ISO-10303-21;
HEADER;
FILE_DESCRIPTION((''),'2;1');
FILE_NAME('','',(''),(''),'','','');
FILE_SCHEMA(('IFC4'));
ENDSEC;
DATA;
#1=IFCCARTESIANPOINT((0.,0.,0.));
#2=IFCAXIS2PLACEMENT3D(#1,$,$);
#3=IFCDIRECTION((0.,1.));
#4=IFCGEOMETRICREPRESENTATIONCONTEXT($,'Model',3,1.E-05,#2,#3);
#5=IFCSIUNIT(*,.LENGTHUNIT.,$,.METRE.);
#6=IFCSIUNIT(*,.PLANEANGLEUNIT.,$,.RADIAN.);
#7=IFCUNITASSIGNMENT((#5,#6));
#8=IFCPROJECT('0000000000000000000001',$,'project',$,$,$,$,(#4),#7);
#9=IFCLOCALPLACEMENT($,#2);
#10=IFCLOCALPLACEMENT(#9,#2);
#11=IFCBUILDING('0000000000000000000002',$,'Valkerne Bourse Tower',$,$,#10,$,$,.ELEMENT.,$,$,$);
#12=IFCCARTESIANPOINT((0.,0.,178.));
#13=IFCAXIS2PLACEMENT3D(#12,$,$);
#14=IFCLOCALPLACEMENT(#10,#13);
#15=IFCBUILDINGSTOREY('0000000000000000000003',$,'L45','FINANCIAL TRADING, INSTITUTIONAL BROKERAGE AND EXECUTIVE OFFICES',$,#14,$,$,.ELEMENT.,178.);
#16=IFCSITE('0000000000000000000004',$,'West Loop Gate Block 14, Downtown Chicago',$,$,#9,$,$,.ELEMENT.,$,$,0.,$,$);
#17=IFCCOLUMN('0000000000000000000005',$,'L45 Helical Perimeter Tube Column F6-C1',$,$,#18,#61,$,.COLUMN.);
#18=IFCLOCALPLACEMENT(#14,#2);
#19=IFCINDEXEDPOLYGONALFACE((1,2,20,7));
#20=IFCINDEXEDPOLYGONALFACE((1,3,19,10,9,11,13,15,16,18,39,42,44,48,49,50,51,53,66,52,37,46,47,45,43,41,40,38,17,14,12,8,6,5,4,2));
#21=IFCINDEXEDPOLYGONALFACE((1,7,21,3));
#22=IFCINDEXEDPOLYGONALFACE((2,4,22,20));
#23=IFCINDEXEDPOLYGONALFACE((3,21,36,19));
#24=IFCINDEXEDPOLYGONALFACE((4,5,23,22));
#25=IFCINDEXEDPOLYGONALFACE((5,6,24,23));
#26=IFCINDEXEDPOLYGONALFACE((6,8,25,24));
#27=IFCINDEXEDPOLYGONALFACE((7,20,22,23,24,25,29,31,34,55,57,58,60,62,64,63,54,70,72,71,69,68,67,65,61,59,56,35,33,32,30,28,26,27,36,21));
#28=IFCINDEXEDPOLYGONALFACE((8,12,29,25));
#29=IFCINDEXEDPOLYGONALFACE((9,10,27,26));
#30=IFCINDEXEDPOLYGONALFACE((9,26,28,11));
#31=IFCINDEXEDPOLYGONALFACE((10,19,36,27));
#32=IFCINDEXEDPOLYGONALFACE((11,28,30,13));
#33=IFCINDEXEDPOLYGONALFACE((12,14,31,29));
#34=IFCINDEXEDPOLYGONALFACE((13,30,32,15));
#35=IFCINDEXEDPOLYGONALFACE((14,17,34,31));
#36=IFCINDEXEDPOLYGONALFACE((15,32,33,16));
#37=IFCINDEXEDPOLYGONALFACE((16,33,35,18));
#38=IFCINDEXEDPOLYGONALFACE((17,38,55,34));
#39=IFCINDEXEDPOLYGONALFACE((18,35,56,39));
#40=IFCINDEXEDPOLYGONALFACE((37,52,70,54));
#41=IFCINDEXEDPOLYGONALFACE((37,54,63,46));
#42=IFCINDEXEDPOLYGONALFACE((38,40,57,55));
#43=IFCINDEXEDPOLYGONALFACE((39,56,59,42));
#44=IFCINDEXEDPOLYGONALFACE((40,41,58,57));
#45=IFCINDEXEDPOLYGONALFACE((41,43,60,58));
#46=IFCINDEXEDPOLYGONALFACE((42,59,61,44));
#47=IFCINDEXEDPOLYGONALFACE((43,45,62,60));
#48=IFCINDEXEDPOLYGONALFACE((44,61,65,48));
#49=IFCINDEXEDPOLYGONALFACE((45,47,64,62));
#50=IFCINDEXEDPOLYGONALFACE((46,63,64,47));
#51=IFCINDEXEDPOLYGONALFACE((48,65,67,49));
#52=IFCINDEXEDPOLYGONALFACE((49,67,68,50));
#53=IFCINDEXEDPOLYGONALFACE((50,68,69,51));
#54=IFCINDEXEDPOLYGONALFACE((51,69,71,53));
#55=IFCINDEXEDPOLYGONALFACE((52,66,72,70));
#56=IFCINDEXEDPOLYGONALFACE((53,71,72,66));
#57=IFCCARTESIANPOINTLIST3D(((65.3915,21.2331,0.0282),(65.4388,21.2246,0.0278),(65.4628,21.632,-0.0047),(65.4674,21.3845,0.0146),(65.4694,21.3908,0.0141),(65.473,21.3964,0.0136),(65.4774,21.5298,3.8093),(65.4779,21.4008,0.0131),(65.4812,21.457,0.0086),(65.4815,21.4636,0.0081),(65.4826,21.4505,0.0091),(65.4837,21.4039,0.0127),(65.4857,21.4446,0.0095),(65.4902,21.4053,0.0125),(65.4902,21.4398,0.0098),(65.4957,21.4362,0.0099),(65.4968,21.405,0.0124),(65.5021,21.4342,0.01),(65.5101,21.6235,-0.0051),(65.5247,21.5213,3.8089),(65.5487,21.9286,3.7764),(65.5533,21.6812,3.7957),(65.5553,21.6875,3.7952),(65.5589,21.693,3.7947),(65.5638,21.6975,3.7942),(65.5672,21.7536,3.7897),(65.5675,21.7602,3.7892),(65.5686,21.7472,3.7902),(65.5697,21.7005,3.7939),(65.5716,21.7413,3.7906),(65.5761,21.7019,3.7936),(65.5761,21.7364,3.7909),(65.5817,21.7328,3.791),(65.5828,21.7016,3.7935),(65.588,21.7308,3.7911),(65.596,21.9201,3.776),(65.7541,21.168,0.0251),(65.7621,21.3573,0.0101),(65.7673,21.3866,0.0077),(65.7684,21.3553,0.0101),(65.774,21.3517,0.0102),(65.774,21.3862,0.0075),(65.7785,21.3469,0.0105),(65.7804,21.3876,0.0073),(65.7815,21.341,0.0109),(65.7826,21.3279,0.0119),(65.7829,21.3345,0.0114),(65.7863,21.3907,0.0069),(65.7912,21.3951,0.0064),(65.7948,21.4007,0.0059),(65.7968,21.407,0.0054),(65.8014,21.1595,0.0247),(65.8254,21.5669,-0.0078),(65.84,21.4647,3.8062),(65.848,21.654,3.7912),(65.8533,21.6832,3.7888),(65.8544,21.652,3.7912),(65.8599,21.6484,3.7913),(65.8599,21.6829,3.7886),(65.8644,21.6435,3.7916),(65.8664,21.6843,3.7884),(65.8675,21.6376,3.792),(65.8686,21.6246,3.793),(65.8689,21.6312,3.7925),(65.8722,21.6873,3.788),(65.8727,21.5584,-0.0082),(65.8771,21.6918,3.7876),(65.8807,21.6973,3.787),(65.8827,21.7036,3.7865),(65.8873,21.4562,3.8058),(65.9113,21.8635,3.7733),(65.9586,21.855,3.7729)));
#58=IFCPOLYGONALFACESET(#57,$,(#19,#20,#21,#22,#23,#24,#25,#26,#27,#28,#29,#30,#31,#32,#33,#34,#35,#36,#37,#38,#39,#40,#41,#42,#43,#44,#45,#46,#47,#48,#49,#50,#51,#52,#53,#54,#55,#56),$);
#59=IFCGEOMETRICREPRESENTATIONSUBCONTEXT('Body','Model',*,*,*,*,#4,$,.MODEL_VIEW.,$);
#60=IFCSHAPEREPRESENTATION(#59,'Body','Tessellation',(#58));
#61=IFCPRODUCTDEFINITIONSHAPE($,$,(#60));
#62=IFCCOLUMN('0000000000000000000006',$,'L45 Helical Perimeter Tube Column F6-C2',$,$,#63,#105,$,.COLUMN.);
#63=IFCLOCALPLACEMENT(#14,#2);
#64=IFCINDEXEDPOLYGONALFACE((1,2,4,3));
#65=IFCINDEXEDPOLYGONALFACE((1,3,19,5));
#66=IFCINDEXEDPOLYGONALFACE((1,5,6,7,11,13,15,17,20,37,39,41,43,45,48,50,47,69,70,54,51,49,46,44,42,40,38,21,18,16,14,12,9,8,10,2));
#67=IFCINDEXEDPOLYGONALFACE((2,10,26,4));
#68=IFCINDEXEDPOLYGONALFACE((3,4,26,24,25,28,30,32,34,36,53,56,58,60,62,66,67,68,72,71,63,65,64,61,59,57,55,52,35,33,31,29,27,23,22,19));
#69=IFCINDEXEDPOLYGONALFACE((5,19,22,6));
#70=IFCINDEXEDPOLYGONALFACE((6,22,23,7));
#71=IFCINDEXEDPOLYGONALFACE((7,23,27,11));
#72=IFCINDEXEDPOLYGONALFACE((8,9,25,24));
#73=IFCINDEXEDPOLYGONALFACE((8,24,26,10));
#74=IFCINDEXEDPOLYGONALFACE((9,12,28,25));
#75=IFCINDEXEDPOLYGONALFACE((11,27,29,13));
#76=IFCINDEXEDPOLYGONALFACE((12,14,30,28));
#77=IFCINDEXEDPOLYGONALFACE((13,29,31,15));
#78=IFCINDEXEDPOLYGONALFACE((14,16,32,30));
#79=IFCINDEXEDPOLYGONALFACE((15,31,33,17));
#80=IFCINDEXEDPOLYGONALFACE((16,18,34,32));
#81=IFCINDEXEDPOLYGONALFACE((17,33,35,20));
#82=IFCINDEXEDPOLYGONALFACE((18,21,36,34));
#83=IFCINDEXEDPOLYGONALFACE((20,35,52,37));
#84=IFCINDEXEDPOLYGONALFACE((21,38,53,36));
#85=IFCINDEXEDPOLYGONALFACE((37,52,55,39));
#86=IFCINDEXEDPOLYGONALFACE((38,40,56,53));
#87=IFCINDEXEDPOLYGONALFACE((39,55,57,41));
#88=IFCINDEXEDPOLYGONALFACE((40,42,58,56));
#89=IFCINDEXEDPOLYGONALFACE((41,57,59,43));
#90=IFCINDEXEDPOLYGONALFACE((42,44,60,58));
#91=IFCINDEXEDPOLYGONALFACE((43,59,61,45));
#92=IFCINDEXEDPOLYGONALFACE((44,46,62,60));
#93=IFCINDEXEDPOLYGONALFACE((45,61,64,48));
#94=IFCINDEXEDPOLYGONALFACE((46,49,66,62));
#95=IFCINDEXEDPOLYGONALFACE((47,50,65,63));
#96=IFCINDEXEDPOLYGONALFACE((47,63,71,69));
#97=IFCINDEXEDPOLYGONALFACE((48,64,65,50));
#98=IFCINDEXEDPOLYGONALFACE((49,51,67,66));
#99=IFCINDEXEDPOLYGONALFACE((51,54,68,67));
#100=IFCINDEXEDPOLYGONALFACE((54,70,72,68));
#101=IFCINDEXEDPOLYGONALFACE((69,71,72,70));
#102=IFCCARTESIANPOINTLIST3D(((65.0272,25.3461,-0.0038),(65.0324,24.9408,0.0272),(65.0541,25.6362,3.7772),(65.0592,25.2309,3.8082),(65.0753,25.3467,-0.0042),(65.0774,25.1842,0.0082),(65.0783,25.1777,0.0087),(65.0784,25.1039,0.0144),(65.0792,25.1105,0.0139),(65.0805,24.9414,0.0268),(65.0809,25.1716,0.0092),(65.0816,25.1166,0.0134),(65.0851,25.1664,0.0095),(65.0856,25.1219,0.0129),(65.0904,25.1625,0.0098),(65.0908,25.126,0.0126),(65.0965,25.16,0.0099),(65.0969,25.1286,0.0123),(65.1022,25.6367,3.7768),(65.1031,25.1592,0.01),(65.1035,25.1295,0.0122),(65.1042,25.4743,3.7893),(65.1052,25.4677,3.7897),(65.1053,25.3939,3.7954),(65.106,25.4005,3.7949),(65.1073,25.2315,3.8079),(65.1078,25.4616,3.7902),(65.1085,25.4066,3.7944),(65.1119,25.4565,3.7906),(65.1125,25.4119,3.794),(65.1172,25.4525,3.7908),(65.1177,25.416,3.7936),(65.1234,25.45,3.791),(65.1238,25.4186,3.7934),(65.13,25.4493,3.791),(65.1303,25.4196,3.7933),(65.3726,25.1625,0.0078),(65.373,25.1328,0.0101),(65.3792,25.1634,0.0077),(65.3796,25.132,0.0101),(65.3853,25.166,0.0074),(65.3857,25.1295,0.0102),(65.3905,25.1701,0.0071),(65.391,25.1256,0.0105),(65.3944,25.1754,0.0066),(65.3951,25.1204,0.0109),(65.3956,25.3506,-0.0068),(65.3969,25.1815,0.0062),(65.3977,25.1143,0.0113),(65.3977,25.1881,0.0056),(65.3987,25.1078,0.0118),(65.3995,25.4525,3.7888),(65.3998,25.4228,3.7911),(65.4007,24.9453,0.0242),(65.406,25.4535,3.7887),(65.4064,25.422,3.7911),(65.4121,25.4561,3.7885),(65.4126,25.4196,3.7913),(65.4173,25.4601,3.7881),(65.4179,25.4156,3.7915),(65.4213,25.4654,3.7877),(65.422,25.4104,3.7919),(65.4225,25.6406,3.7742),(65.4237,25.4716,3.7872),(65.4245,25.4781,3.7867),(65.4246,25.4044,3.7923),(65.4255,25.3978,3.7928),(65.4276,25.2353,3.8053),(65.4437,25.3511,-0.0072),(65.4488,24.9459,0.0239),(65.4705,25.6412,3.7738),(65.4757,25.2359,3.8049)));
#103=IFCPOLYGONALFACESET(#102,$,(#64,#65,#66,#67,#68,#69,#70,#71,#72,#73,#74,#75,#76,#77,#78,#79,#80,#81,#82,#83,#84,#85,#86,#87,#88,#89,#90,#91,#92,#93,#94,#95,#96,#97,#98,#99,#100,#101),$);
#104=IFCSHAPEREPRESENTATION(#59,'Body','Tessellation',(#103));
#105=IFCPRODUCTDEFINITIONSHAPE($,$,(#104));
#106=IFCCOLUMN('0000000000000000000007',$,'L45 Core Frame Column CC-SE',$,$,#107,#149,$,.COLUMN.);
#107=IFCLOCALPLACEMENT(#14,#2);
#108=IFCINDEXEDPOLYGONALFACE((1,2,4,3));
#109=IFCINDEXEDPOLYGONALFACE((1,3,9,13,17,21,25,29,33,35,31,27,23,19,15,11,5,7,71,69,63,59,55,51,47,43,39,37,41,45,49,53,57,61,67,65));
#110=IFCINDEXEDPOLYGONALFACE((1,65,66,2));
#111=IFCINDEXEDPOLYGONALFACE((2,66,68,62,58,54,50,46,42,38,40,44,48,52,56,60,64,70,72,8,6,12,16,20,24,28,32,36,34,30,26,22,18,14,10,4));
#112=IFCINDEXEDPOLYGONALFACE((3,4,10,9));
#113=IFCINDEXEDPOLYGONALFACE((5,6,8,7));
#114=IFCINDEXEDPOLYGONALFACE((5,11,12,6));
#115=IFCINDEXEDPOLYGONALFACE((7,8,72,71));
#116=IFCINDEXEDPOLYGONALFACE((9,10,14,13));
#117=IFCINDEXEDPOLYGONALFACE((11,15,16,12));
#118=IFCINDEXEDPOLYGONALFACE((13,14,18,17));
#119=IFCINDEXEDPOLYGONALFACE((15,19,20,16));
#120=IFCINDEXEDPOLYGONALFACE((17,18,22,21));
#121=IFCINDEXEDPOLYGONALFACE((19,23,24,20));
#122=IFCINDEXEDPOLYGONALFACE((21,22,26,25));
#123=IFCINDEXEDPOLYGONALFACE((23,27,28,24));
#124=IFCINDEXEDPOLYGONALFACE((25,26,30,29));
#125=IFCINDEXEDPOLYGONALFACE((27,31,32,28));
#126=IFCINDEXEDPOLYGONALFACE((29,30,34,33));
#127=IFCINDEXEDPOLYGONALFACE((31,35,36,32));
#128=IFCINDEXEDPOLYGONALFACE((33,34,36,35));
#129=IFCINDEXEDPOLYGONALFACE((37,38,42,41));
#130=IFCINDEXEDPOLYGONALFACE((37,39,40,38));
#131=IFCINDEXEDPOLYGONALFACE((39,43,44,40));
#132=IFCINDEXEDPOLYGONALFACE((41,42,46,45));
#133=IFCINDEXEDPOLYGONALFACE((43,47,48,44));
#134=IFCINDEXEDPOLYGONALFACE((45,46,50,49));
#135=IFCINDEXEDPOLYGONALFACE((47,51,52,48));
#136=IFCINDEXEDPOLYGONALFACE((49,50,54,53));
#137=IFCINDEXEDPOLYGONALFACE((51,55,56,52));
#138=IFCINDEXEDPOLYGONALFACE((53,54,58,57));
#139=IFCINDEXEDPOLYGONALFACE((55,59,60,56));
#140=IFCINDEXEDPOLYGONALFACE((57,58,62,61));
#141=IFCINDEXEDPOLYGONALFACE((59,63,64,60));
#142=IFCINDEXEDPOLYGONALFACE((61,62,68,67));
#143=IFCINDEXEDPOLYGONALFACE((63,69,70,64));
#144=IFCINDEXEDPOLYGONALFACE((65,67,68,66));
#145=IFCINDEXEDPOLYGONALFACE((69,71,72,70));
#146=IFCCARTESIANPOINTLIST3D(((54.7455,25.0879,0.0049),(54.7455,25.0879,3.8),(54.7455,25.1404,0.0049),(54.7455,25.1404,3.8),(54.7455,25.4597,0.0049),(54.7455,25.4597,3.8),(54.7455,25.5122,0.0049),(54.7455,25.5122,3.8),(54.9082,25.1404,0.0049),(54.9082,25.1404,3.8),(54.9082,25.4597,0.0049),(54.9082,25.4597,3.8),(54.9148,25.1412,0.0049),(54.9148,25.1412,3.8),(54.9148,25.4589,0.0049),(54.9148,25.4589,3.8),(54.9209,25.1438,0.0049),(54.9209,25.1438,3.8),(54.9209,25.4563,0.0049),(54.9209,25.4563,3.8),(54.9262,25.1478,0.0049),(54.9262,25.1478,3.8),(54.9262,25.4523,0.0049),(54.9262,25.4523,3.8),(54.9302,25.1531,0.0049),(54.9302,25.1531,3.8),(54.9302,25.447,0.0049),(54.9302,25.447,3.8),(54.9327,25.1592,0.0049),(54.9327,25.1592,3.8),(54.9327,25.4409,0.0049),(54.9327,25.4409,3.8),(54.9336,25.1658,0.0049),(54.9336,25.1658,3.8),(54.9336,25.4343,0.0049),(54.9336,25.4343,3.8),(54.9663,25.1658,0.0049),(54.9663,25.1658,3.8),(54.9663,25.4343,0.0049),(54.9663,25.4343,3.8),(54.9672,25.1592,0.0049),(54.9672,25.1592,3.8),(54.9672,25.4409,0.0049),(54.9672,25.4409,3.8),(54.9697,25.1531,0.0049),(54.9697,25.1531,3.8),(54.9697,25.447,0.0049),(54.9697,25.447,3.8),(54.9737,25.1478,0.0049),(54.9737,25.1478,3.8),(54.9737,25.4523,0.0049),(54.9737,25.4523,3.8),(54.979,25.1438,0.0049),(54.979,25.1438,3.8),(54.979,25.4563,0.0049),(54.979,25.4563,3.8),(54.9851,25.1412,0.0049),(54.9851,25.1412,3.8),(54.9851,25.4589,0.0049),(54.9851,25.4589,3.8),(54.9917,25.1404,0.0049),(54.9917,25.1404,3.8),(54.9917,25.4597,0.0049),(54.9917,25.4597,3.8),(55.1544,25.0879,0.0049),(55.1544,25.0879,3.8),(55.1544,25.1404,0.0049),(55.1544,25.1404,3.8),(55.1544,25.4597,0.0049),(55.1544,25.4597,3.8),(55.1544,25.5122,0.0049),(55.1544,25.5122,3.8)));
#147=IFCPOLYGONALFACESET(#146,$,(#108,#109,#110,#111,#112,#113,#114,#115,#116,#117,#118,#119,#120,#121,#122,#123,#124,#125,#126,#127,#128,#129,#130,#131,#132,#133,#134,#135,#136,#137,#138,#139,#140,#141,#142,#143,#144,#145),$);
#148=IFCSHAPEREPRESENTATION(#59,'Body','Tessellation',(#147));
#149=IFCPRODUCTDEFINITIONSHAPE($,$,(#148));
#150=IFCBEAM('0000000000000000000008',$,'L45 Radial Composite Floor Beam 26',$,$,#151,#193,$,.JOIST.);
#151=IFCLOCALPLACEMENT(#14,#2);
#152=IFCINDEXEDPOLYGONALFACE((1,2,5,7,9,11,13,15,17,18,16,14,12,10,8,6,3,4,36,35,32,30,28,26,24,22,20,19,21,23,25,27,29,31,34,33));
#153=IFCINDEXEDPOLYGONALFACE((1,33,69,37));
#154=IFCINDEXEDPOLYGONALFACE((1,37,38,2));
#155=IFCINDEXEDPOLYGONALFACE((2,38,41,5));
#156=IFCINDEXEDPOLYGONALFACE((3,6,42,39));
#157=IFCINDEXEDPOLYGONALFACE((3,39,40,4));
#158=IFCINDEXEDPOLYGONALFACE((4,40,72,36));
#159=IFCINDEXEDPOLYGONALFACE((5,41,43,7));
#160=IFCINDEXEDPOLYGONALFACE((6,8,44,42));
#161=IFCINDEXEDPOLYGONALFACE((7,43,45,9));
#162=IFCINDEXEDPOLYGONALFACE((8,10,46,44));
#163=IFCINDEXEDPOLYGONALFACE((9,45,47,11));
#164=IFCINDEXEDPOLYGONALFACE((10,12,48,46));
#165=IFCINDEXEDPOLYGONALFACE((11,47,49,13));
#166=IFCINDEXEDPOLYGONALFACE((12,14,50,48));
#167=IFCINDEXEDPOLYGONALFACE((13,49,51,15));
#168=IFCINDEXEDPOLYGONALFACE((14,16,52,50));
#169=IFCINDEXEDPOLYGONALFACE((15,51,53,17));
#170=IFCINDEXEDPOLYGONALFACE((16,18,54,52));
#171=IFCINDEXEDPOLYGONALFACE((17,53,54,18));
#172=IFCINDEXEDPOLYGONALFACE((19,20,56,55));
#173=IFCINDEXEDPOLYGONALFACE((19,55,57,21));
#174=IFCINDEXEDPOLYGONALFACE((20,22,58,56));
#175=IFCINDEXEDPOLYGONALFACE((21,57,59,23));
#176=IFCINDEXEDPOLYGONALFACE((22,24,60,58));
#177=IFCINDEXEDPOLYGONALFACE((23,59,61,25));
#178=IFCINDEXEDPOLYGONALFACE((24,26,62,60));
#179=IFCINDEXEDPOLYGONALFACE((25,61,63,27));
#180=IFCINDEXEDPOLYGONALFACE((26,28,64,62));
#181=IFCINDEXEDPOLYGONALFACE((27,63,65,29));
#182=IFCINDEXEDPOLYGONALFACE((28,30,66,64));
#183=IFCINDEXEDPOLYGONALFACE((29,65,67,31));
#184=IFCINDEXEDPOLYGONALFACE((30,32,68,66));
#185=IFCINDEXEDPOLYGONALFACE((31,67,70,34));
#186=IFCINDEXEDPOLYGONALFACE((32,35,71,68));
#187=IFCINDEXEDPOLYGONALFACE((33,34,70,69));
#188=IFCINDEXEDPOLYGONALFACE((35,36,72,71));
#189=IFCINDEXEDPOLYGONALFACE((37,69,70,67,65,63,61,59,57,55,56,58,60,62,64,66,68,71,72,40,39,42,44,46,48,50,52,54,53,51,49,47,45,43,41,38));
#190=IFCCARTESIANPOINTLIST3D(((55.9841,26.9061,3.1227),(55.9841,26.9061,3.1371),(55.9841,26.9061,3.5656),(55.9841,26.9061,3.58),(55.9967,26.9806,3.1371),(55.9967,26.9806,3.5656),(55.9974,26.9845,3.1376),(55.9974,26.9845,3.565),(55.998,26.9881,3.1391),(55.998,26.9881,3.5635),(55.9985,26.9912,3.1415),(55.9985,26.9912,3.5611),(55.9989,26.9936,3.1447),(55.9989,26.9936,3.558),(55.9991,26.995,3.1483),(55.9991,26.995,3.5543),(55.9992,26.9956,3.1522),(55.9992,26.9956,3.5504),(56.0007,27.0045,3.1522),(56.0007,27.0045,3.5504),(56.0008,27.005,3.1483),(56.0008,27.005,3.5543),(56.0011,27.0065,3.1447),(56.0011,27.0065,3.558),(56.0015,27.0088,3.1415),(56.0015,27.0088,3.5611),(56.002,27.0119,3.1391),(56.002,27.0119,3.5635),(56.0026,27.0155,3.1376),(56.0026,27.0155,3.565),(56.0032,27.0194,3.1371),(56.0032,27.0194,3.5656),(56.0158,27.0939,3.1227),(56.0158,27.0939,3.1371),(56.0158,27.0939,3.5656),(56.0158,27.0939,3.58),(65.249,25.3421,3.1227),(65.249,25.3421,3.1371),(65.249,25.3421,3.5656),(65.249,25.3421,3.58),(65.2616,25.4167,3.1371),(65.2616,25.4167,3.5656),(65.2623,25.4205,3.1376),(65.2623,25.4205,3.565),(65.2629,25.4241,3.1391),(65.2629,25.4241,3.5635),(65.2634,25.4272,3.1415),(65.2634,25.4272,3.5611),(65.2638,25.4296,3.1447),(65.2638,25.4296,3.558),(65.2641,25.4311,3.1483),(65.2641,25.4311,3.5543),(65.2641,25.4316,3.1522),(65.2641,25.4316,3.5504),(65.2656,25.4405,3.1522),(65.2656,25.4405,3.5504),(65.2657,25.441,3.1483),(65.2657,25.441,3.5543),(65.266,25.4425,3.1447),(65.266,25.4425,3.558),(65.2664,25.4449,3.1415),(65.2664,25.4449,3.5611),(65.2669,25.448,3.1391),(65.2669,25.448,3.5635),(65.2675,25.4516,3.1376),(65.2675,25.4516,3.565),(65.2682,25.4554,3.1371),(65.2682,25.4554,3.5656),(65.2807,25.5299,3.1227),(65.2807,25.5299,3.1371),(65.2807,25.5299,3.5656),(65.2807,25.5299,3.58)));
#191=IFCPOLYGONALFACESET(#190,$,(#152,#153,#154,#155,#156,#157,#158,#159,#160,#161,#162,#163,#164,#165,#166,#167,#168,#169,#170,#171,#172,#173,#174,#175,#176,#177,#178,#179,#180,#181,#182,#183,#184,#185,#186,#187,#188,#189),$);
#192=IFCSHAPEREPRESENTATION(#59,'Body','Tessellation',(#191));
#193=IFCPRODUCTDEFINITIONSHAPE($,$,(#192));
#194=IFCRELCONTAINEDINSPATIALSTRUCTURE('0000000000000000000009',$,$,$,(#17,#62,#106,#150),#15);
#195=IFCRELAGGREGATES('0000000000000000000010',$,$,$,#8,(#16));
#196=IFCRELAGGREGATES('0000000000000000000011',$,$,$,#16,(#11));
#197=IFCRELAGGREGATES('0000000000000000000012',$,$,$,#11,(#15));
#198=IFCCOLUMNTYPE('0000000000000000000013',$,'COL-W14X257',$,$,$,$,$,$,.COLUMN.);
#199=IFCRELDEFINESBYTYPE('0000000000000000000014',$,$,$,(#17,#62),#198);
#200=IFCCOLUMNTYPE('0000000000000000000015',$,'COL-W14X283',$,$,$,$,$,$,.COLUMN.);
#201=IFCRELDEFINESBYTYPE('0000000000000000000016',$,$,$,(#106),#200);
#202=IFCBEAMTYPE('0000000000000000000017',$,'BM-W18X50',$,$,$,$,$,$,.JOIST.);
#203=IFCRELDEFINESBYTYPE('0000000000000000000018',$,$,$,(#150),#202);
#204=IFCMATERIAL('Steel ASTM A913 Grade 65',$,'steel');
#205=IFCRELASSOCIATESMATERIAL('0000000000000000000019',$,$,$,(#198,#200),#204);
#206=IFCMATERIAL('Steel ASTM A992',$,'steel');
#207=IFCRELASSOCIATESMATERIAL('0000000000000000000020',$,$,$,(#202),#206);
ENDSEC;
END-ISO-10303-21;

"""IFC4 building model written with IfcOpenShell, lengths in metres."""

from ifc_helpers import new_model, si_unit, direction, frame, origin, origin_2d, place, context, subcontext, project, spatial, i_section, extrude, material, material_profile, profile_set, type_object, element, save


model = new_model("IFC4")

# Units and contexts
model_context = context("Model", 3, precision=1e-05, world=origin(), true_north=direction((0.0, 1.0)))
body_context = subcontext(model_context, "Body", "Model", "MODEL_VIEW")
ifc_project = project(units=[si_unit("LENGTHUNIT", "METRE"), si_unit("PLANEANGLEUNIT", "RADIAN")], contexts=[model_context])

# Site, building, storey
site_placement = place(None, origin())
site = spatial("IfcSite", under=ifc_project, at=site_placement, Name="West Loop Gate Block 14, Downtown Chicago", CompositionType="ELEMENT", RefElevation=0.0)
building_placement = place(site_placement, origin())
building = spatial("IfcBuilding", under=site, at=building_placement, Name="Valkerne Bourse Tower", CompositionType="ELEMENT")
storey_placement = place(building_placement, frame((0.0, 0.0, 178.0)))
storey = spatial("IfcBuildingStorey", under=building, at=storey_placement, Name="L45", Description="FINANCIAL TRADING, INSTITUTIONAL BROKERAGE AND EXECUTIVE OFFICES", CompositionType="ELEMENT", Elevation=178.0)

# Columns
ifc_material_1 = material(Name="Steel ASTM A913 Grade 65", Category="steel")
ifc_material_profile_1 = material_profile(ifc_material_1, i_section(OverallWidth=0.4065, OverallDepth=0.4165, WebThickness=0.0298, FlangeThickness=0.0481, FilletRadius=0.0254, at=origin_2d()), Name="W14X257")
ifc_profile_set_1 = profile_set([ifc_material_profile_1], Name="Steel ASTM A913 Grade 65")
column_type_1 = type_object("IfcColumnType", Name="COL-W14X257", PredefinedType="COLUMN", material=ifc_profile_set_1)
column_1_placement = place(storey_placement, frame((65.6321, 21.3958, 0.01), z_axis=(0.022653, 0.078193, 0.996681), x_axis=(-0.175426, -0.981158, 0.080962)))
element("IfcColumn", 1, at=column_1_placement, inside=storey, type_object=column_type_1, Name="L45 Helical Perimeter Tube Column F6-C1", PredefinedType="COLUMN", context=body_context, shape_type="SweptSolid", body=[
    extrude(i_section(OverallWidth=0.4065, OverallDepth=0.4165, WebThickness=0.0298, FlangeThickness=0.0481, FilletRadius=0.0254, at=origin_2d()), origin(), (0.0, 0.0, 1.0), 3.7937),
])
column_2_placement = place(storey_placement, frame((65.238, 25.146, 0.01), z_axis=(0.007082, 0.076483, 0.997046), x_axis=(0.012661, -0.996998, 0.076389)))
element("IfcColumn", 2, at=column_2_placement, inside=storey, type_object=column_type_1, Name="L45 Helical Perimeter Tube Column F6-C2", PredefinedType="COLUMN", context=body_context, shape_type="SweptSolid", body=[
    extrude(i_section(OverallWidth=0.4065, OverallDepth=0.4165, WebThickness=0.0298, FlangeThickness=0.0481, FilletRadius=0.0254, at=origin_2d()), origin(), (0.0, 0.0, 1.0), 3.7922),
])
ifc_material_profile_2 = material_profile(ifc_material_1, i_section(OverallWidth=0.4089, OverallDepth=0.4243, WebThickness=0.0327, FlangeThickness=0.0525, FilletRadius=0.0254, at=origin_2d()), Name="W14X283")
ifc_profile_set_2 = profile_set([ifc_material_profile_2], Name="Steel ASTM A913 Grade 65")
column_type_2 = type_object("IfcColumnType", Name="COL-W14X283", PredefinedType="COLUMN", material=ifc_profile_set_2)
column_3_placement = place(storey_placement, frame((54.95, 25.3, 0.0049), z_axis=(0.0, 0.0, 1.0), x_axis=(1.0, 0.0, 0.0)))
element("IfcColumn", 3, at=column_3_placement, inside=storey, type_object=column_type_2, Name="L45 Core Frame Column CC-SE", PredefinedType="COLUMN", context=body_context, shape_type="SweptSolid", body=[
    extrude(i_section(OverallWidth=0.4089, OverallDepth=0.4243, WebThickness=0.0327, FlangeThickness=0.0525, FilletRadius=0.0254, at=origin_2d()), origin(), (0.0, 0.0, 1.0), 3.7952),
])

# Beam
ifc_material_2 = material(Name="Steel ASTM A992", Category="steel")
ifc_material_profile_3 = material_profile(ifc_material_2, i_section(OverallWidth=0.1904, OverallDepth=0.4573, WebThickness=0.009, FlangeThickness=0.0144, FilletRadius=0.0151, at=origin_2d()), Name="W18X50")
ifc_profile_set_3 = profile_set([ifc_material_profile_3], Name="Steel ASTM A992")
beam_type_1 = type_object("IfcBeamType", Name="BM-W18X50", PredefinedType="JOIST", material=ifc_profile_set_3)
beam_1_placement = place(storey_placement, frame((65.2649, 25.436, 3.3513), z_axis=(-0.98605, 0.166451, 0.0), x_axis=(-0.166451, -0.98605, 0.0)))
element("IfcBeam", 4, at=beam_1_placement, inside=storey, type_object=beam_type_1, Name="L45 Radial Composite Floor Beam 26", PredefinedType="JOIST", context=body_context, shape_type="SweptSolid", body=[
    extrude(i_section(OverallWidth=0.1904, OverallDepth=0.4573, WebThickness=0.009, FlangeThickness=0.0144, FilletRadius=0.0151, at=origin_2d()), origin(), (0.0, 0.0, 1.0), 9.396),
])

save(model, "model.ifc")
